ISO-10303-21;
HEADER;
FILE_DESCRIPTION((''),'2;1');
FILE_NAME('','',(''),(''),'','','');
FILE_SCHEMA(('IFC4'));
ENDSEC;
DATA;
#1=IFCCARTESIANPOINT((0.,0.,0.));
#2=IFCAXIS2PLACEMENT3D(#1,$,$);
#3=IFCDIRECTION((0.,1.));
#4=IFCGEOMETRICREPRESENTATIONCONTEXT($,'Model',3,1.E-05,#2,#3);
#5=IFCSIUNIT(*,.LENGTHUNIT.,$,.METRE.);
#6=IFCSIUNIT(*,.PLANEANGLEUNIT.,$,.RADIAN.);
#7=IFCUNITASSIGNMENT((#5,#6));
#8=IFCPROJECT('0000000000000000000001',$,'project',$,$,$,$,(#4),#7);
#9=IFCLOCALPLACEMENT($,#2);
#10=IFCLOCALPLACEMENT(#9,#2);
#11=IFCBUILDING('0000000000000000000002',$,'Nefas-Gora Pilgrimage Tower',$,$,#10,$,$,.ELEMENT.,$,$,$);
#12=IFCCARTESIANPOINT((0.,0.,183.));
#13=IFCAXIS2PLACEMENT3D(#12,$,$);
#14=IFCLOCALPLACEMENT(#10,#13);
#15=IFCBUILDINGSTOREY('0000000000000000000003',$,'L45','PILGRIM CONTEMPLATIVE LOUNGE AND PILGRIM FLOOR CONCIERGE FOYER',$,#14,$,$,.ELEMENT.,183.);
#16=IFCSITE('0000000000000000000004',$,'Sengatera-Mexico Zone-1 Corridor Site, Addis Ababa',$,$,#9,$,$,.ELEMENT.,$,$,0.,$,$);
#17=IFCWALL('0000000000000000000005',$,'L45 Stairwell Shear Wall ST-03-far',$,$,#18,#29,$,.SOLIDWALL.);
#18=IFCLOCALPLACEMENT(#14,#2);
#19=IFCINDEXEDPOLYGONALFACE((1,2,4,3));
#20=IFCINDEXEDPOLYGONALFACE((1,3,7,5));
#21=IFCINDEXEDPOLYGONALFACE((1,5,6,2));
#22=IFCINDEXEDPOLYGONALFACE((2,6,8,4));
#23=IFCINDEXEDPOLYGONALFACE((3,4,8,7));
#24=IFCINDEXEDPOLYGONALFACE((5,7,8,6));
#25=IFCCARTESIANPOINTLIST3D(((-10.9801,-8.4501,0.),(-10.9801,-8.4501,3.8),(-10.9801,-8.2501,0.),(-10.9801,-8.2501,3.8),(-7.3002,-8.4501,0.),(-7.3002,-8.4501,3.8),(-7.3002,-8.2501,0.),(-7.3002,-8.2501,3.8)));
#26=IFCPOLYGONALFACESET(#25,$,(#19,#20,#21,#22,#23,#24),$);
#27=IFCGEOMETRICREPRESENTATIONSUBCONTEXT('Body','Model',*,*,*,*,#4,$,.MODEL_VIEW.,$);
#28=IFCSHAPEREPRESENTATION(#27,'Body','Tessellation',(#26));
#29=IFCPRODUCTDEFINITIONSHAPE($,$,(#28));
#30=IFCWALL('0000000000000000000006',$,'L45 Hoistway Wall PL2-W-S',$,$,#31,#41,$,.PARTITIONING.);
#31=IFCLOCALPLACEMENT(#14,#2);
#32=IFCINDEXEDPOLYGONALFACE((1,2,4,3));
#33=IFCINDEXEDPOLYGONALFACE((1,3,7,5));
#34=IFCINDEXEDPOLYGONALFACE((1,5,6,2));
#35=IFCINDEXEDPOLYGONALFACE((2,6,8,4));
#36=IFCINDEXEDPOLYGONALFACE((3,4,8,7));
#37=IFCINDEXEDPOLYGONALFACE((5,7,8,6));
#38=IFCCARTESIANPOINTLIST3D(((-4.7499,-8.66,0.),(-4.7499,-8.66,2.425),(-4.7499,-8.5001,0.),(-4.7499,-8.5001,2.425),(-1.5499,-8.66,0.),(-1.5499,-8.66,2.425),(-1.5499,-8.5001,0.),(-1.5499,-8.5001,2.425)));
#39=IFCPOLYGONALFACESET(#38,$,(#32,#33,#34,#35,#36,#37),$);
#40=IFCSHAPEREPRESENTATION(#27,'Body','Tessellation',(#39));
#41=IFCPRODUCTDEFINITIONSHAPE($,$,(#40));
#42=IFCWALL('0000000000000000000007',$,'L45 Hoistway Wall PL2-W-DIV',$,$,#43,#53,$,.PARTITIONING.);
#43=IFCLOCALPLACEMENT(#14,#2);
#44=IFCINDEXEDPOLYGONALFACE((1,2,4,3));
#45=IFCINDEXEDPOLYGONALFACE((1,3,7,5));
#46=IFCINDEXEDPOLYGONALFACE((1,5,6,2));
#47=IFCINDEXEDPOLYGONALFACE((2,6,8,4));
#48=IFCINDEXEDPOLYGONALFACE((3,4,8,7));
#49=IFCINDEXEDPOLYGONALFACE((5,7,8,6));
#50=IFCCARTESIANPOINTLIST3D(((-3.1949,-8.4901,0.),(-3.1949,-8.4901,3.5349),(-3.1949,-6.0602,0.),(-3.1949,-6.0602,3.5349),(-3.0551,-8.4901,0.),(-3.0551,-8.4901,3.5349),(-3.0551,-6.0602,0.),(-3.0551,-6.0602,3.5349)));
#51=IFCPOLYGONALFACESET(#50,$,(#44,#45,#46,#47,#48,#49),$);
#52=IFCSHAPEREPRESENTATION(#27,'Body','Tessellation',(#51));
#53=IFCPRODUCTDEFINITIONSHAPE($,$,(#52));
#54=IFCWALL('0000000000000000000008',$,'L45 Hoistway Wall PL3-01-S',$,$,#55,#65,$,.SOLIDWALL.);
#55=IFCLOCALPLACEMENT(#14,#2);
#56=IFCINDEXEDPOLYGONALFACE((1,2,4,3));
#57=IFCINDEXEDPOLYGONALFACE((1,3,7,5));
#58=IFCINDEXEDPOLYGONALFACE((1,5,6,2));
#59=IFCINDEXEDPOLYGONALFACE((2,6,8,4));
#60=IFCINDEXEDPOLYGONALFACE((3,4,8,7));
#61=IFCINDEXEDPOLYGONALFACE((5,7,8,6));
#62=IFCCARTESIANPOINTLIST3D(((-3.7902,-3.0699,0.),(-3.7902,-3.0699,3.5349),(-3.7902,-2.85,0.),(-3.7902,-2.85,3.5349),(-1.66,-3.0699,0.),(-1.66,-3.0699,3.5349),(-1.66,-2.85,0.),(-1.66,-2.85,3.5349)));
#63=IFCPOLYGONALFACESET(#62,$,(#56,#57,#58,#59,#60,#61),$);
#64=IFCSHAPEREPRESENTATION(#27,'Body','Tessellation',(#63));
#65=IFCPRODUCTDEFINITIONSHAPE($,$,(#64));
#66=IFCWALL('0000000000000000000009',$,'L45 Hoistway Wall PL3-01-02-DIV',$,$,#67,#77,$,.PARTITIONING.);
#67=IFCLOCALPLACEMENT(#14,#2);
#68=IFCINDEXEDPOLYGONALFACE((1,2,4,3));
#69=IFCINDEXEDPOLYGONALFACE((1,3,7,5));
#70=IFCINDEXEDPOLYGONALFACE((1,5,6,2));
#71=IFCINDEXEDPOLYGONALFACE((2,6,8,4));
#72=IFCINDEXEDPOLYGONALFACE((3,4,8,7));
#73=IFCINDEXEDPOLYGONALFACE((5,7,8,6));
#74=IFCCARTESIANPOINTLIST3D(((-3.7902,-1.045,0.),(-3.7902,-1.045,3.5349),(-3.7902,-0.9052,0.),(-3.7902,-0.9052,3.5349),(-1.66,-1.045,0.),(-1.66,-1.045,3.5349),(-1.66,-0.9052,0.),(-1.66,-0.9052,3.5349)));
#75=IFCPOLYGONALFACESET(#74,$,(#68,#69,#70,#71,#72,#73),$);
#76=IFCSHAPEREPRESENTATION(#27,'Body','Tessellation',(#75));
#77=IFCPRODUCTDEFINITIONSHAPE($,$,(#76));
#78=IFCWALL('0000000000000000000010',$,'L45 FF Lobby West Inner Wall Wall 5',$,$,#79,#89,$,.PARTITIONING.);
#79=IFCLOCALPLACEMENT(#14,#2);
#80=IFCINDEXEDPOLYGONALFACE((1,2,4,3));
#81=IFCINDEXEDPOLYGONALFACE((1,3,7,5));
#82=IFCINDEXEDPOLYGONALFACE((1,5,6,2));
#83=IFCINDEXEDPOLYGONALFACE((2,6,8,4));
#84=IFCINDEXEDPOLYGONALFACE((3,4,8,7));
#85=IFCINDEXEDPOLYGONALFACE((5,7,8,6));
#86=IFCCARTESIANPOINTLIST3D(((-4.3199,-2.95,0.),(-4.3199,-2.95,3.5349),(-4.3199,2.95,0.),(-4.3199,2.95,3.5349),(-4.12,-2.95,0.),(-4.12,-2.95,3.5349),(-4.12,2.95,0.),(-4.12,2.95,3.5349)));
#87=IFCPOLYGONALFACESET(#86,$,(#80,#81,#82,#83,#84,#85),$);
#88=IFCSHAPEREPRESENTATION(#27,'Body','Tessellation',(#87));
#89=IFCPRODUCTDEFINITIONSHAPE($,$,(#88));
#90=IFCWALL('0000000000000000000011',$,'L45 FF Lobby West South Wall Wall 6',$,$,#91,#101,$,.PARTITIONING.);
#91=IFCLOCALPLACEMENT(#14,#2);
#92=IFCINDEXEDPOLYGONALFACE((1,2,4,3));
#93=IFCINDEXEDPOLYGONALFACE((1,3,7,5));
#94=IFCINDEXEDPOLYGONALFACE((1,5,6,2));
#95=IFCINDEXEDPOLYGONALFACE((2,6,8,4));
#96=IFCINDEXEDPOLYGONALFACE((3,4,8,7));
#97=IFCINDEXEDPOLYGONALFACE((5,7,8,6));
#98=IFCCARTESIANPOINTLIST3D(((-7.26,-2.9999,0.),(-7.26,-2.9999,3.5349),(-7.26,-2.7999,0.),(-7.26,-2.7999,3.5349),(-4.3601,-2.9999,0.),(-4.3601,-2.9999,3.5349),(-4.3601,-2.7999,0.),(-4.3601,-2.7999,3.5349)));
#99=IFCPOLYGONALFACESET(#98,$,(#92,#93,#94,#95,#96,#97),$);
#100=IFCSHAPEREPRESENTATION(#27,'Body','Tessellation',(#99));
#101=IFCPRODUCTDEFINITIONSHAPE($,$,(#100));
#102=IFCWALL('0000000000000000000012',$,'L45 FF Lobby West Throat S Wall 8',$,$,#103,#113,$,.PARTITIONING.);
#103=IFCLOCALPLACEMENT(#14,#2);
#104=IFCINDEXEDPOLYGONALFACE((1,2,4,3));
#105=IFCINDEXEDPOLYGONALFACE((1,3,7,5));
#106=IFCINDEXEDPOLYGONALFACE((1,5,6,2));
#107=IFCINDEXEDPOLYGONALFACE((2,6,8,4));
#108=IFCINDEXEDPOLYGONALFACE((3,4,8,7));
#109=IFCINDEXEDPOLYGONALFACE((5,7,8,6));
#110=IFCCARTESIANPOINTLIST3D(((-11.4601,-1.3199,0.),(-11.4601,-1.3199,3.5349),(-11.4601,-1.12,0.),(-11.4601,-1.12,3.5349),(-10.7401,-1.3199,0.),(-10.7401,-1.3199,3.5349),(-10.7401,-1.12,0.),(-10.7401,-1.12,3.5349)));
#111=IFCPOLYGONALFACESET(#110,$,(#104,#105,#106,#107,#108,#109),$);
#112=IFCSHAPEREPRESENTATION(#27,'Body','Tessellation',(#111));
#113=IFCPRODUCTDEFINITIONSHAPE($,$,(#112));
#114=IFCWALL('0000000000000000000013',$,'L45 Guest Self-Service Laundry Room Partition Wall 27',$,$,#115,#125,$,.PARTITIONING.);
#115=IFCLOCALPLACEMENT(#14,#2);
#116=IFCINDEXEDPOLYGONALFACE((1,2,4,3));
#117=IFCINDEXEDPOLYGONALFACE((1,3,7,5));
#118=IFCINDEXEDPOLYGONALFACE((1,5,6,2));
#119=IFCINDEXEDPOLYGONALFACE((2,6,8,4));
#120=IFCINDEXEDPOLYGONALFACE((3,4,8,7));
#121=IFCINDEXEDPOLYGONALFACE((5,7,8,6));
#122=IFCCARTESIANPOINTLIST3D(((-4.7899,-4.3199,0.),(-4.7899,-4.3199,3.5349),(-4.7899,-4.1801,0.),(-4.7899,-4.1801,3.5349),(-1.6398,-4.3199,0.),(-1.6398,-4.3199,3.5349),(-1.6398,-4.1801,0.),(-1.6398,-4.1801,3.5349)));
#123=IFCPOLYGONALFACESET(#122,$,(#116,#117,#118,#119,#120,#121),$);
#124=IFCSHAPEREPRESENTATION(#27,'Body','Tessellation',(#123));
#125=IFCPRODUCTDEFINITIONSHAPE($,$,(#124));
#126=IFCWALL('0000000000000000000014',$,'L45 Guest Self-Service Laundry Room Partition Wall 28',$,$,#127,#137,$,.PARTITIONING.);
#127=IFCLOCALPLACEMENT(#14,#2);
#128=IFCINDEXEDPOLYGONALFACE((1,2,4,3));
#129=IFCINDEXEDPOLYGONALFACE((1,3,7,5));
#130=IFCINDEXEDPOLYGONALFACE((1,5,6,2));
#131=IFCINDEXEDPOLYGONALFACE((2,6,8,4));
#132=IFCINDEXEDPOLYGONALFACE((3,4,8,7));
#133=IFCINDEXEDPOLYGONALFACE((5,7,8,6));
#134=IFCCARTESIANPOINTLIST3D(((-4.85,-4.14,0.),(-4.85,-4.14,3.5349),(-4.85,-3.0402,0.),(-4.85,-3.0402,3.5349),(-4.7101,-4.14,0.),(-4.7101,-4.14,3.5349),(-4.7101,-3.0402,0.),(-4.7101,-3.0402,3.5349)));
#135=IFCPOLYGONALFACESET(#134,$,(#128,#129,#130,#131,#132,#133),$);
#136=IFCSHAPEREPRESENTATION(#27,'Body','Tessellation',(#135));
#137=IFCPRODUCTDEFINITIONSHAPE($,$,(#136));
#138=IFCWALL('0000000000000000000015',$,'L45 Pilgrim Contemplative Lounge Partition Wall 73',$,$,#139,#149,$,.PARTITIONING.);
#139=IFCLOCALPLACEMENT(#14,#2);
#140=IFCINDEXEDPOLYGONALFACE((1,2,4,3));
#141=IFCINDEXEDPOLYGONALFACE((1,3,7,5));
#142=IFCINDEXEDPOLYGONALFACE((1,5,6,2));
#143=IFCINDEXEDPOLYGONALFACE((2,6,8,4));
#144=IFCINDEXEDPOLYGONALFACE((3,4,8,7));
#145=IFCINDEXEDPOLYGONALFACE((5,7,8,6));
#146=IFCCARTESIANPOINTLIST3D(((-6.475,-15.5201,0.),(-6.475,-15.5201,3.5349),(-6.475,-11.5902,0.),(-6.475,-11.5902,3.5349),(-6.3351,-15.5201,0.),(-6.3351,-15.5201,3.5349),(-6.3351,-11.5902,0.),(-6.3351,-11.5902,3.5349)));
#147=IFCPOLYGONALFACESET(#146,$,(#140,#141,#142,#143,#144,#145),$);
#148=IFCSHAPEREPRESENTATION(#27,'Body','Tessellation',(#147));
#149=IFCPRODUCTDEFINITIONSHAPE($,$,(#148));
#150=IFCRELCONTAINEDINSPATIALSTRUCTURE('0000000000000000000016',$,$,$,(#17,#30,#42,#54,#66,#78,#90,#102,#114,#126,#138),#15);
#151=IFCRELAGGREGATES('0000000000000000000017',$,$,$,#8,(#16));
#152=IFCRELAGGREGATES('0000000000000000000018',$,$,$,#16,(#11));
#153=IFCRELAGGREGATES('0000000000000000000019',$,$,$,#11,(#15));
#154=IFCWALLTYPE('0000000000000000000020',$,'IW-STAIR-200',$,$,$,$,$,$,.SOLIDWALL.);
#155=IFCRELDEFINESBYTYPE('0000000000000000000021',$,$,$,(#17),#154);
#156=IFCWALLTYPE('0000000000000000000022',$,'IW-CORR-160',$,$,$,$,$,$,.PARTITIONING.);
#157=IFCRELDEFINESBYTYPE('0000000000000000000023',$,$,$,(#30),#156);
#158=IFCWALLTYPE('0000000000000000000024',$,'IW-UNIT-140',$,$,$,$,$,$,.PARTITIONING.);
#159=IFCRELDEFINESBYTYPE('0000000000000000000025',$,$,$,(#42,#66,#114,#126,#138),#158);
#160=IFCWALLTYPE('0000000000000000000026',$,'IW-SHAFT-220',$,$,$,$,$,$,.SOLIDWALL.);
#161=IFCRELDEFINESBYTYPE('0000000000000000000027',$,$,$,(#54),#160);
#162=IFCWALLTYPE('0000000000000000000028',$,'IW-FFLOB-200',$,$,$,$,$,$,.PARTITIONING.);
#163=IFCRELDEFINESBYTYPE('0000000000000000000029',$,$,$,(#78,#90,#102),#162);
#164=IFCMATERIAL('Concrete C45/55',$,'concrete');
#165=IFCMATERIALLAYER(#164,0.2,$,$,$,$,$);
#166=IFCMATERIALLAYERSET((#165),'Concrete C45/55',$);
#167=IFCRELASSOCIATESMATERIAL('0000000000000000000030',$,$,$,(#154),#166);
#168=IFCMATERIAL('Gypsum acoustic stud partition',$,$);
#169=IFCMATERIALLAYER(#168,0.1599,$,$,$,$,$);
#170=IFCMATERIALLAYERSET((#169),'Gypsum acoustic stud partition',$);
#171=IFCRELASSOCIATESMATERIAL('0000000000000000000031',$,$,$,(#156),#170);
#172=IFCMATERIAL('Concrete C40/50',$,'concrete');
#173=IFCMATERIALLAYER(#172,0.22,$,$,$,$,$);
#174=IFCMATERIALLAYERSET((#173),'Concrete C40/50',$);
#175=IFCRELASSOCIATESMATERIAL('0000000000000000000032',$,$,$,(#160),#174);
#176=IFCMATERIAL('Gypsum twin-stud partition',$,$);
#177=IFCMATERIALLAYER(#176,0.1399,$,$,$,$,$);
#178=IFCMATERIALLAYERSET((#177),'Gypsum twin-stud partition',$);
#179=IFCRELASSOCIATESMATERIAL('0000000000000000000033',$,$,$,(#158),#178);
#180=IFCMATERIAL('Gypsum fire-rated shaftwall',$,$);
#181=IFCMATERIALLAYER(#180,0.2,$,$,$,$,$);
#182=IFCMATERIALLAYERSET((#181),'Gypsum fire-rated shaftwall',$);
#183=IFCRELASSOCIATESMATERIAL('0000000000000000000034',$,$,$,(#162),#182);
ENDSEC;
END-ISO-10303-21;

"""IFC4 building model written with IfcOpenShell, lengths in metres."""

from ifc_helpers import new_model, si_unit, direction, frame, frame_2d, origin, place, context, subcontext, project, spatial, rectangle, extrude, source, transform, mapped, material, layer, layer_set, type_object, element, save


model = new_model("IFC4")

# Units and contexts
model_context = context("Model", 3, precision=1e-05, world=origin(), true_north=direction((0.0, 1.0)))
body_context = subcontext(model_context, "Body", "Model", "MODEL_VIEW")
ifc_project = project(units=[si_unit("LENGTHUNIT", "METRE"), si_unit("PLANEANGLEUNIT", "RADIAN")], contexts=[model_context])

# Site, building, storey
site_placement = place(None, origin())
site = spatial("IfcSite", under=ifc_project, at=site_placement, Name="Sengatera-Mexico Zone-1 Corridor Site, Addis Ababa", CompositionType="ELEMENT", RefElevation=0.0)
building_placement = place(site_placement, origin())
building = spatial("IfcBuilding", under=site, at=building_placement, Name="Nefas-Gora Pilgrimage Tower", CompositionType="ELEMENT")
storey_placement = place(building_placement, frame((0.0, 0.0, 183.0)))
storey = spatial("IfcBuildingStorey", under=building, at=storey_placement, Name="L45", Description="PILGRIM CONTEMPLATIVE LOUNGE AND PILGRIM FLOOR CONCIERGE FOYER", CompositionType="ELEMENT", Elevation=183.0)

# Shared definitions
ifc_material_1 = material(Name="Concrete C45/55", Category="concrete")
ifc_layer_1 = layer(ifc_material_1, 0.2)
ifc_layer_set_1 = layer_set([ifc_layer_1], Name="Concrete C45/55")
wall_type_1 = type_object("IfcWallType", Name="IW-STAIR-200", PredefinedType="SOLIDWALL", material=ifc_layer_set_1)

# Walls
shared_shape_1 = source(origin(), body_context, "Body", "SweptSolid", [
    extrude(rectangle(XDim=3.6799, YDim=0.2, at=frame_2d((1.8398, 0.0))), origin(), (0.0, 0.0, 1.0), 3.8),
])
wall_1_placement = place(storey_placement, frame((-10.98, -8.3501, 0.0), z_axis=(0.0, 0.0, 1.0), x_axis=(1.0, 0.0, 0.0)))
element("IfcWall", 1, at=wall_1_placement, inside=storey, type_object=wall_type_1, Name="L45 Stairwell Shear Wall ST-03-far", PredefinedType="SOLIDWALL", context=body_context, shape_type="MappedRepresentation", body=[
    mapped(shared_shape_1, transform((0.0, 0.0, 0.0), x_axis=(1.0, 0.0, 0.0), y_axis=(0.0, 1.0, 0.0), z_axis=(0.0, 0.0, 1.0), scale=1.0)),
])
ifc_material_2 = material(Name="Gypsum acoustic stud partition")
ifc_layer_2 = layer(ifc_material_2, 0.1599)
ifc_layer_set_2 = layer_set([ifc_layer_2], Name="Gypsum acoustic stud partition")
wall_type_2 = type_object("IfcWallType", Name="IW-CORR-160", PredefinedType="PARTITIONING", material=ifc_layer_set_2)
shared_shape_2 = source(origin(), body_context, "Body", "SweptSolid", [
    extrude(rectangle(XDim=3.2, YDim=0.1599, at=frame_2d((1.6001, 0.0))), origin(), (0.0, 0.0, 1.0), 2.425),
])
wall_2_placement = place(storey_placement, frame((-4.75, -8.5801, 0.0), z_axis=(0.0, 0.0, 1.0), x_axis=(1.0, 0.0, 0.0)))
element("IfcWall", 2, at=wall_2_placement, inside=storey, type_object=wall_type_2, Name="L45 Hoistway Wall PL2-W-S", PredefinedType="PARTITIONING", context=body_context, shape_type="MappedRepresentation", body=[
    mapped(shared_shape_2, transform((0.0, 0.0, 0.0), x_axis=(1.0, 0.0, 0.0), y_axis=(0.0, 1.0, 0.0), z_axis=(0.0, 0.0, 1.0), scale=1.0)),
])
ifc_material_3 = material(Name="Concrete C40/50", Category="concrete")
ifc_layer_3 = layer(ifc_material_3, 0.22)
ifc_layer_set_3 = layer_set([ifc_layer_3], Name="Concrete C40/50")
wall_type_3 = type_object("IfcWallType", Name="IW-SHAFT-220", PredefinedType="SOLIDWALL", material=ifc_layer_set_3)
ifc_material_4 = material(Name="Gypsum twin-stud partition")
ifc_layer_4 = layer(ifc_material_4, 0.1399)
ifc_layer_set_4 = layer_set([ifc_layer_4], Name="Gypsum twin-stud partition")
wall_type_4 = type_object("IfcWallType", Name="IW-UNIT-140", PredefinedType="PARTITIONING", material=ifc_layer_set_4)
shared_shape_3 = source(origin(), body_context, "Body", "SweptSolid", [
    extrude(rectangle(XDim=2.4299, YDim=0.1399, at=frame_2d((1.2148, 0.0))), origin(), (0.0, 0.0, 1.0), 3.5349),
])
wall_3_placement = place(storey_placement, frame((-3.125, -8.49, 0.0), z_axis=(0.0, 0.0, 1.0), x_axis=(0.0, 1.0, 0.0)))
element("IfcWall", 3, at=wall_3_placement, inside=storey, type_object=wall_type_4, Name="L45 Hoistway Wall PL2-W-DIV", PredefinedType="PARTITIONING", context=body_context, shape_type="MappedRepresentation", body=[
    mapped(shared_shape_3, transform((0.0, 0.0, 0.0), x_axis=(1.0, 0.0, 0.0), y_axis=(0.0, 1.0, 0.0), z_axis=(0.0, 0.0, 1.0), scale=1.0)),
])
shared_shape_4 = source(origin(), body_context, "Body", "SweptSolid", [
    extrude(rectangle(XDim=2.1301, YDim=0.22, at=frame_2d((1.0649, 0.0))), origin(), (0.0, 0.0, 1.0), 3.5349),
])
wall_4_placement = place(storey_placement, frame((-3.79, -2.96, 0.0), z_axis=(0.0, 0.0, 1.0), x_axis=(1.0, 0.0, 0.0)))
element("IfcWall", 4, at=wall_4_placement, inside=storey, type_object=wall_type_3, Name="L45 Hoistway Wall PL3-01-S", PredefinedType="SOLIDWALL", context=body_context, shape_type="MappedRepresentation", body=[
    mapped(shared_shape_4, transform((0.0, 0.0, 0.0), x_axis=(1.0, 0.0, 0.0), y_axis=(0.0, 1.0, 0.0), z_axis=(0.0, 0.0, 1.0), scale=1.0)),
])
shared_shape_5 = source(origin(), body_context, "Body", "SweptSolid", [
    extrude(rectangle(XDim=2.1301, YDim=0.1399, at=frame_2d((1.0649, 0.0))), origin(), (0.0, 0.0, 1.0), 3.5349),
])
wall_5_placement = place(storey_placement, frame((-3.79, -0.9751, 0.0), z_axis=(0.0, 0.0, 1.0), x_axis=(1.0, 0.0, 0.0)))
element("IfcWall", 5, at=wall_5_placement, inside=storey, type_object=wall_type_4, Name="L45 Hoistway Wall PL3-01-02-DIV", PredefinedType="PARTITIONING", context=body_context, shape_type="MappedRepresentation", body=[
    mapped(shared_shape_5, transform((0.0, 0.0, 0.0), x_axis=(1.0, 0.0, 0.0), y_axis=(0.0, 1.0, 0.0), z_axis=(0.0, 0.0, 1.0), scale=1.0)),
])

# Shared definitions
ifc_material_5 = material(Name="Gypsum fire-rated shaftwall")
ifc_layer_5 = layer(ifc_material_5, 0.2)
ifc_layer_set_5 = layer_set([ifc_layer_5], Name="Gypsum fire-rated shaftwall")
wall_type_5 = type_object("IfcWallType", Name="IW-FFLOB-200", PredefinedType="PARTITIONING", material=ifc_layer_set_5)

# Walls
shared_shape_6 = source(origin(), body_context, "Body", "SweptSolid", [
    extrude(rectangle(XDim=5.8999, YDim=0.2, at=frame_2d((2.95, 0.0))), origin(), (0.0, 0.0, 1.0), 3.5349),
])
wall_6_placement = place(storey_placement, frame((-4.22, -2.95, 0.0), z_axis=(0.0, 0.0, 1.0), x_axis=(0.0, 1.0, 0.0)))
element("IfcWall", 6, at=wall_6_placement, inside=storey, type_object=wall_type_5, Name="L45 FF Lobby West Inner Wall Wall 5", PredefinedType="PARTITIONING", context=body_context, shape_type="MappedRepresentation", body=[
    mapped(shared_shape_6, transform((0.0, 0.0, 0.0), x_axis=(1.0, 0.0, 0.0), y_axis=(0.0, 1.0, 0.0), z_axis=(0.0, 0.0, 1.0), scale=1.0)),
])
shared_shape_7 = source(origin(), body_context, "Body", "SweptSolid", [
    extrude(rectangle(XDim=2.8999, YDim=0.2, at=frame_2d((1.45, 0.0))), origin(), (0.0, 0.0, 1.0), 3.5349),
])
wall_7_placement = place(storey_placement, frame((-7.26, -2.8999, 0.0), z_axis=(0.0, 0.0, 1.0), x_axis=(1.0, 0.0, 0.0)))
element("IfcWall", 7, at=wall_7_placement, inside=storey, type_object=wall_type_5, Name="L45 FF Lobby West South Wall Wall 6", PredefinedType="PARTITIONING", context=body_context, shape_type="MappedRepresentation", body=[
    mapped(shared_shape_7, transform((0.0, 0.0, 0.0), x_axis=(1.0, 0.0, 0.0), y_axis=(0.0, 1.0, 0.0), z_axis=(0.0, 0.0, 1.0), scale=1.0)),
])
shared_shape_8 = source(origin(), body_context, "Body", "SweptSolid", [
    extrude(rectangle(XDim=0.72, YDim=0.2, at=frame_2d((0.3599, 0.0))), origin(), (0.0, 0.0, 1.0), 3.5349),
])
wall_8_placement = place(storey_placement, frame((-11.46, -1.22, 0.0), z_axis=(0.0, 0.0, 1.0), x_axis=(1.0, 0.0, 0.0)))
element("IfcWall", 8, at=wall_8_placement, inside=storey, type_object=wall_type_5, Name="L45 FF Lobby West Throat S Wall 8", PredefinedType="PARTITIONING", context=body_context, shape_type="MappedRepresentation", body=[
    mapped(shared_shape_8, transform((0.0, 0.0, 0.0), x_axis=(1.0, 0.0, 0.0), y_axis=(0.0, 1.0, 0.0), z_axis=(0.0, 0.0, 1.0), scale=1.0)),
])
shared_shape_9 = source(origin(), body_context, "Body", "SweptSolid", [
    extrude(rectangle(XDim=3.1501, YDim=0.1399, at=frame_2d((1.5752, 0.0))), origin(), (0.0, 0.0, 1.0), 3.5349),
])
wall_9_placement = place(storey_placement, frame((-4.79, -4.25, 0.0), z_axis=(0.0, 0.0, 1.0), x_axis=(1.0, 0.0, 0.0)))
element("IfcWall", 9, at=wall_9_placement, inside=storey, type_object=wall_type_4, Name="L45 Guest Self-Service Laundry Room Partition Wall 27", PredefinedType="PARTITIONING", context=body_context, shape_type="MappedRepresentation", body=[
    mapped(shared_shape_9, transform((0.0, 0.0, 0.0), x_axis=(1.0, 0.0, 0.0), y_axis=(0.0, 1.0, 0.0), z_axis=(0.0, 0.0, 1.0), scale=1.0)),
])
shared_shape_10 = source(origin(), body_context, "Body", "SweptSolid", [
    extrude(rectangle(XDim=1.0999, YDim=0.1399, at=frame_2d((0.5498, 0.0))), origin(), (0.0, 0.0, 1.0), 3.5349),
])
wall_10_placement = place(storey_placement, frame((-4.78, -4.1399, 0.0), z_axis=(0.0, 0.0, 1.0), x_axis=(0.0, 1.0, 0.0)))
element("IfcWall", 10, at=wall_10_placement, inside=storey, type_object=wall_type_4, Name="L45 Guest Self-Service Laundry Room Partition Wall 28", PredefinedType="PARTITIONING", context=body_context, shape_type="MappedRepresentation", body=[
    mapped(shared_shape_10, transform((0.0, 0.0, 0.0), x_axis=(1.0, 0.0, 0.0), y_axis=(0.0, 1.0, 0.0), z_axis=(0.0, 0.0, 1.0), scale=1.0)),
])
shared_shape_11 = source(origin(), body_context, "Body", "SweptSolid", [
    extrude(rectangle(XDim=3.9299, YDim=0.1399, at=frame_2d((1.9648, 0.0))), origin(), (0.0, 0.0, 1.0), 3.5349),
])
wall_11_placement = place(storey_placement, frame((-6.405, -15.52, 0.0), z_axis=(0.0, 0.0, 1.0), x_axis=(0.0, 1.0, 0.0)))
element("IfcWall", 11, at=wall_11_placement, inside=storey, type_object=wall_type_4, Name="L45 Pilgrim Contemplative Lounge Partition Wall 73", PredefinedType="PARTITIONING", context=body_context, shape_type="MappedRepresentation", body=[
    mapped(shared_shape_11, transform((0.0, 0.0, 0.0), x_axis=(1.0, 0.0, 0.0), y_axis=(0.0, 1.0, 0.0), z_axis=(0.0, 0.0, 1.0), scale=1.0)),
])

save(model, "model.ifc")
